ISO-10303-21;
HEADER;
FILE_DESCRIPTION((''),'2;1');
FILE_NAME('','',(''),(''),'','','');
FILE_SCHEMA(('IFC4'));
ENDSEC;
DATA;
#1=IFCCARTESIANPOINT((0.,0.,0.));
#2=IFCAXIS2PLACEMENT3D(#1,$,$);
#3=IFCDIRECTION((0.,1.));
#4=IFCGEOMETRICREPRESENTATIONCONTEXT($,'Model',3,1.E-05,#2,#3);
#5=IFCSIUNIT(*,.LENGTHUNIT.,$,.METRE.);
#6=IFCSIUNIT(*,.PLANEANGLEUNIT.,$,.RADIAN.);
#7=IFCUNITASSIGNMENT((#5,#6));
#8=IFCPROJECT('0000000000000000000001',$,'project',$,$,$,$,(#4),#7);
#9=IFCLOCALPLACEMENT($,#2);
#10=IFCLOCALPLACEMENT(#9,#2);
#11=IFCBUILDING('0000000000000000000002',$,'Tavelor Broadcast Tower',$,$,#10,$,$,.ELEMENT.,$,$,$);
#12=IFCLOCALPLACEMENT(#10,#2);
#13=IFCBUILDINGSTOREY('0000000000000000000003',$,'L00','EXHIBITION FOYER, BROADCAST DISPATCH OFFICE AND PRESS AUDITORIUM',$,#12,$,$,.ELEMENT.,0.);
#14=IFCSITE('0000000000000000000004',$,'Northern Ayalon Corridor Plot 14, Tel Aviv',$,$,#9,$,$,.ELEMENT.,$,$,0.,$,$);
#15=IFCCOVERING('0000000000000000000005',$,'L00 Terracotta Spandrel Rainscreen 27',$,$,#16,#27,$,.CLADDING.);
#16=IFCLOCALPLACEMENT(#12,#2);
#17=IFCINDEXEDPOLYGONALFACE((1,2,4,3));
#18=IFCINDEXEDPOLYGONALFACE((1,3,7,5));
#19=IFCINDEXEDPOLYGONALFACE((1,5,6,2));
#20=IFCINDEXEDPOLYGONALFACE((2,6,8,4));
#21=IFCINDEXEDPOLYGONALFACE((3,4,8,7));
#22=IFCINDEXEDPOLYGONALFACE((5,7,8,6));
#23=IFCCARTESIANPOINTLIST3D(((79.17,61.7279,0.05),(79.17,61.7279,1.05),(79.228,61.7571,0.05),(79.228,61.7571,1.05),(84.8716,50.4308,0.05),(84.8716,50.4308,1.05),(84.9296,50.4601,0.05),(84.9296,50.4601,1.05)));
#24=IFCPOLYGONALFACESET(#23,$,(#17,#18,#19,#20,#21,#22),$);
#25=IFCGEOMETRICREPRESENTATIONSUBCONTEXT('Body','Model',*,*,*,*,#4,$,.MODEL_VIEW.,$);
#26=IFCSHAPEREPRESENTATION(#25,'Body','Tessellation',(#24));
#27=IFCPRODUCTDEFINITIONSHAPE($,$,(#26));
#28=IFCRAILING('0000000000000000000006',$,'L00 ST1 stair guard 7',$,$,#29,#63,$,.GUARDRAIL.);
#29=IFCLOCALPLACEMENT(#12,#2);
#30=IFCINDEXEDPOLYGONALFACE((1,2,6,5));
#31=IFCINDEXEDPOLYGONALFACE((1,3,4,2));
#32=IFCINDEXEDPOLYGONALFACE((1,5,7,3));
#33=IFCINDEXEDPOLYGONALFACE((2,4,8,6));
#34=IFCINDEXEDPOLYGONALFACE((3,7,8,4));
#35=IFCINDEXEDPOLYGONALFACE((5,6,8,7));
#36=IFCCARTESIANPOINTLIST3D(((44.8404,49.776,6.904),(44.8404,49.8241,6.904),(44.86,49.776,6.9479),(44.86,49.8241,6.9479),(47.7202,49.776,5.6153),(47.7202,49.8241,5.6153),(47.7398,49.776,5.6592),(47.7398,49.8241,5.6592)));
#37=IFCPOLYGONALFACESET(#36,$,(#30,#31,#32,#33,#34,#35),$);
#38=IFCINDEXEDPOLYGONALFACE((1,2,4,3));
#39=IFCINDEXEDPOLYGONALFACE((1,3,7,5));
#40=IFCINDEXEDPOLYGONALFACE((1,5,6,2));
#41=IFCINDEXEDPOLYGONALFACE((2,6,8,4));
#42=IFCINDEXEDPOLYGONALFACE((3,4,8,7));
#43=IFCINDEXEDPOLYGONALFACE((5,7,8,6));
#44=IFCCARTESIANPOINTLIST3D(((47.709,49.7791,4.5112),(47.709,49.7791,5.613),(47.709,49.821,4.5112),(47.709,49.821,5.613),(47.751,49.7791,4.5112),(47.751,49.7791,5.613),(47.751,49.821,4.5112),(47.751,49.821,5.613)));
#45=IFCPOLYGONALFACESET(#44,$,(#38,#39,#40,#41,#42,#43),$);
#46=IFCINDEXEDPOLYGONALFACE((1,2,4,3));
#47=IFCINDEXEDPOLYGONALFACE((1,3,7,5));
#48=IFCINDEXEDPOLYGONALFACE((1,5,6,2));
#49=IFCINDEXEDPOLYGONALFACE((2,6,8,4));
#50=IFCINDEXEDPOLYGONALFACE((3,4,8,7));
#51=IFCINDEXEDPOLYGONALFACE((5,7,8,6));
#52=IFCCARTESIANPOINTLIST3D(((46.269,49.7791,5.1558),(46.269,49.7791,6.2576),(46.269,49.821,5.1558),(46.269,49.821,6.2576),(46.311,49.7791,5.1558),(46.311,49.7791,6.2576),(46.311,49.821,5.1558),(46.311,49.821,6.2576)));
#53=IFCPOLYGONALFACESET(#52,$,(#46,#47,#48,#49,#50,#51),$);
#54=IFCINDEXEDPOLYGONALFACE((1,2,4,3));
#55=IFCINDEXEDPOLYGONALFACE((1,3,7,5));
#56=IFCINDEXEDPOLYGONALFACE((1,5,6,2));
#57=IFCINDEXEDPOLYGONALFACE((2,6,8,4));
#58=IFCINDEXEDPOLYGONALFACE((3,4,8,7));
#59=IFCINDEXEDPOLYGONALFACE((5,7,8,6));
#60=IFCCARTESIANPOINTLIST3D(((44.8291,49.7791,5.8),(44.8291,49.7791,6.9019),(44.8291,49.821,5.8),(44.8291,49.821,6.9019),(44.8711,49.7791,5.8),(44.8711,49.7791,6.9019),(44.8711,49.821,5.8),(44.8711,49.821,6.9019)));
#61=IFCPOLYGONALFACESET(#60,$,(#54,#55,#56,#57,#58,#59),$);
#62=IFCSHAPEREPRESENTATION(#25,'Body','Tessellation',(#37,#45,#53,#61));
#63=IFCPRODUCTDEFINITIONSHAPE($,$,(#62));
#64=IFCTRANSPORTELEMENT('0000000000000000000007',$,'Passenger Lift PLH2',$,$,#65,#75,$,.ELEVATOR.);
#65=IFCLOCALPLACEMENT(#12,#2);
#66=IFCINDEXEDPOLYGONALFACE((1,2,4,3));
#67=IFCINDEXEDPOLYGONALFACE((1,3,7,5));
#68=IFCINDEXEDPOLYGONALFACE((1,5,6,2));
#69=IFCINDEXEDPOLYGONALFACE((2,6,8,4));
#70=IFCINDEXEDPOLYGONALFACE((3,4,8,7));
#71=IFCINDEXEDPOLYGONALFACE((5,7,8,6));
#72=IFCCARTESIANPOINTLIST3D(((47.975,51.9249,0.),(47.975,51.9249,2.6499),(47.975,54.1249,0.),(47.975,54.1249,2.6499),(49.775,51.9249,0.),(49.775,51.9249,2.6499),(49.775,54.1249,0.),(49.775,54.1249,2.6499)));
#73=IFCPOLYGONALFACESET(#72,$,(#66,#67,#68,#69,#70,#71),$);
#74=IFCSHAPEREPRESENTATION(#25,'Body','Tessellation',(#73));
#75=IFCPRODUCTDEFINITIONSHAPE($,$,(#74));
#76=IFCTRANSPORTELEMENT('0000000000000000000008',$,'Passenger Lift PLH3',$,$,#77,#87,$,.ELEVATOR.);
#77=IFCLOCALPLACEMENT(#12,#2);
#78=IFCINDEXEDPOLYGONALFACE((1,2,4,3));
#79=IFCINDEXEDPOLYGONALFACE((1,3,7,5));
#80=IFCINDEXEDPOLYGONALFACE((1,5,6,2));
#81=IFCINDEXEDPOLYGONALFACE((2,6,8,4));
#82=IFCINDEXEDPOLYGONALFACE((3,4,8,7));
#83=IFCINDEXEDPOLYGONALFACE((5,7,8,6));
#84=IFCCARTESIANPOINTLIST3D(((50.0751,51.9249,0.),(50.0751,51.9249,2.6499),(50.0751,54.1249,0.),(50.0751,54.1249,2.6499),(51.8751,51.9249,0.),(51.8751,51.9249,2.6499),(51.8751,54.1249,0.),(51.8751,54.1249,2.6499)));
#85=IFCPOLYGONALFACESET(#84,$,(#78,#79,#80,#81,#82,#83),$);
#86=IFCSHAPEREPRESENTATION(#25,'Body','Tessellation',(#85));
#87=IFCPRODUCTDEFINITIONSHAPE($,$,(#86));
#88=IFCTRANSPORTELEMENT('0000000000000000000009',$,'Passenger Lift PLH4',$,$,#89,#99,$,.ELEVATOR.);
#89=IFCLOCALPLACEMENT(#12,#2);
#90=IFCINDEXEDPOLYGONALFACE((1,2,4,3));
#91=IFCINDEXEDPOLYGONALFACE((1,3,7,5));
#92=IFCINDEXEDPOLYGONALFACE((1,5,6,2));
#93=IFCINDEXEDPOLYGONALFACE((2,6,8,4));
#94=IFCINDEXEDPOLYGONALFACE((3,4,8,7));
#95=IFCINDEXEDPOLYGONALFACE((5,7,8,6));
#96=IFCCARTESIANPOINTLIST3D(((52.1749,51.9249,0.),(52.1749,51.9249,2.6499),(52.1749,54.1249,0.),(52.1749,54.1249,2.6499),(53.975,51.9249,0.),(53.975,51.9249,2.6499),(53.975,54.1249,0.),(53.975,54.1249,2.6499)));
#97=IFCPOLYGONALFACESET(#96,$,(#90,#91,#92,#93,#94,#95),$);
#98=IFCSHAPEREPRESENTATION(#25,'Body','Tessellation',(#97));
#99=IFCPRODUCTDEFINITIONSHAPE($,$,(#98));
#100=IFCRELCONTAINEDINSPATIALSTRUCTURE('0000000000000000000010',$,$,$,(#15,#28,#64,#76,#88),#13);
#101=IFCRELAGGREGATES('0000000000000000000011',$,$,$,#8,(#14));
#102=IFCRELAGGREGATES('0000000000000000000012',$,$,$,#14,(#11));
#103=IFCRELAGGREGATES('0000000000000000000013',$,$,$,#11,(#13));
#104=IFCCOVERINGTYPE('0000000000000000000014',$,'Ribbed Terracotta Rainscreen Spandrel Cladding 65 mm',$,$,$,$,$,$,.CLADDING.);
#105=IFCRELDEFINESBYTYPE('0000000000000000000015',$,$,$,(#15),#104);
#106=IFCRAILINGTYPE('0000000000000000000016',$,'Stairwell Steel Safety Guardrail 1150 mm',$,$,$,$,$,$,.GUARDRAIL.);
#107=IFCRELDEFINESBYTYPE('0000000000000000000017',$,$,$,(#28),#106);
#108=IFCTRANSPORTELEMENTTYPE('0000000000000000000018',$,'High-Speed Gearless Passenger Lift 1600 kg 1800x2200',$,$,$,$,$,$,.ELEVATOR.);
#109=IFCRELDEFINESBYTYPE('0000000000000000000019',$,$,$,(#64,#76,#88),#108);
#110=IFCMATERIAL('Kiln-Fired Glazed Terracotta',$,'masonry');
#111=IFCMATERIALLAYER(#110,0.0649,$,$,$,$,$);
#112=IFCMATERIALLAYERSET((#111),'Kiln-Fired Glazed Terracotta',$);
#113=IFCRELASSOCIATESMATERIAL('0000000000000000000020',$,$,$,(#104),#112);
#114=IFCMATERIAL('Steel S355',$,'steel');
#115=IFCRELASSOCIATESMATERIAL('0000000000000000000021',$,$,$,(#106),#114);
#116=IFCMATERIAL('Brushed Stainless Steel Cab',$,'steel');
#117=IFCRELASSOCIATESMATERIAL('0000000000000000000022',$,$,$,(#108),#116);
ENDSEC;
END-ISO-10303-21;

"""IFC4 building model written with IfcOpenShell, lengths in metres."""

from ifc_helpers import new_model, si_unit, direction, frame, origin, origin_2d, place, context, subcontext, project, spatial, rectangle, extrude, material, layer, layer_set, type_object, element, save


model = new_model("IFC4")

# Units and contexts
model_context = context("Model", 3, precision=1e-05, world=origin(), true_north=direction((0.0, 1.0)))
body_context = subcontext(model_context, "Body", "Model", "MODEL_VIEW")
ifc_project = project(units=[si_unit("LENGTHUNIT", "METRE"), si_unit("PLANEANGLEUNIT", "RADIAN")], contexts=[model_context])

# Site, building, storey
site_placement = place(None, origin())
site = spatial("IfcSite", under=ifc_project, at=site_placement, Name="Northern Ayalon Corridor Plot 14, Tel Aviv", CompositionType="ELEMENT", RefElevation=0.0)
building_placement = place(site_placement, origin())
building = spatial("IfcBuilding", under=site, at=building_placement, Name="Tavelor Broadcast Tower", CompositionType="ELEMENT")
storey_placement = place(building_placement, origin())
storey = spatial("IfcBuildingStorey", under=building, at=storey_placement, Name="L00", Description="EXHIBITION FOYER, BROADCAST DISPATCH OFFICE AND PRESS AUDITORIUM", CompositionType="ELEMENT", Elevation=0.0)

# Shared definitions
ifc_material_1 = material(Name="Steel S355", Category="steel")

# Covering
ifc_material_2 = material(Name="Kiln-Fired Glazed Terracotta", Category="masonry")
ifc_layer_1 = layer(ifc_material_2, 0.0649)
ifc_layer_set_1 = layer_set([ifc_layer_1], Name="Kiln-Fired Glazed Terracotta")
covering_type = type_object("IfcCoveringType", Name="Ribbed Terracotta Rainscreen Spandrel Cladding 65 mm", PredefinedType="CLADDING", material=ifc_layer_set_1)
covering_placement = place(storey_placement, frame((82.0498, 56.094, 0.05), z_axis=(0.0, 0.0, 1.0), x_axis=(-0.450566, 0.892743, 0.0)))
element("IfcCovering", 1, at=covering_placement, inside=storey, type_object=covering_type, Name="L00 Terracotta Spandrel Rainscreen 27", PredefinedType="CLADDING", context=body_context, shape_type="SweptSolid", body=[
    extrude(rectangle(XDim=12.6543, YDim=0.0649, at=origin_2d()), origin(), (0.0, 0.0, 1.0), 1.0),
])

# Railing
railing_type_1 = type_object("IfcRailingType", Name="Stairwell Steel Safety Guardrail 1150 mm", PredefinedType="GUARDRAIL", material=ifc_material_1)
railing_1_placement = place(storey_placement, frame((47.73, 49.8, 4.5112)))
element("IfcRailing", 2, at=railing_1_placement, inside=storey, type_object=railing_type_1, Name="L00 ST1 stair guard 7", PredefinedType="GUARDRAIL", context=body_context, shape_type="SweptSolid", body=[
    extrude(rectangle(XDim=0.0481, YDim=0.0481, at=origin_2d()), frame((0.0, 0.0, 1.126), z_axis=(-0.912765, 0.0, 0.408485), x_axis=(0.0, -1.0, 0.0)), (0.0, 0.0, 1.0), 3.155),
    extrude(rectangle(XDim=0.042, YDim=0.042, at=origin_2d()), origin(), (0.0, 0.0, 1.0), 1.1018),
    extrude(rectangle(XDim=0.042, YDim=0.042, at=origin_2d()), frame((-1.4399, 0.0, 0.6445)), (0.0, 0.0, 1.0), 1.1018),
    extrude(rectangle(XDim=0.042, YDim=0.042, at=origin_2d()), frame((-2.8799, 0.0, 1.2888)), (0.0, 0.0, 1.0), 1.1018),
])

# Transport elements
ifc_material_3 = material(Name="Brushed Stainless Steel Cab", Category="steel")
transport_element_type = type_object("IfcTransportElementType", Name="High-Speed Gearless Passenger Lift 1600 kg 1800x2200", PredefinedType="ELEVATOR", material=ifc_material_3)
for number, where, z_axis, x_axis, name in (
    (3, (48.875, 53.0249, 0.0), (0.0, 0.0, 1.0), (1.0, 0.0, 0.0), "Passenger Lift PLH2"),
    (4, (50.9751, 53.0249, 0.0), (0.0, 0.0, 1.0), (1.0, 0.0, 0.0), "Passenger Lift PLH3"),
    (5, (53.075, 53.0249, 0.0), (0.0, 0.0, 1.0), (1.0, 0.0, 0.0), "Passenger Lift PLH4"),
):
    element("IfcTransportElement", number, at=place(storey_placement, frame(where, z_axis=z_axis, x_axis=x_axis)), inside=storey, type_object=transport_element_type, Name=name, PredefinedType="ELEVATOR", context=body_context, shape_type="SweptSolid", body=[
        extrude(rectangle(XDim=1.8, YDim=2.2, at=origin_2d()), origin(), (0.0, 0.0, 1.0), 2.6499),
    ])

save(model, "model.ifc")
